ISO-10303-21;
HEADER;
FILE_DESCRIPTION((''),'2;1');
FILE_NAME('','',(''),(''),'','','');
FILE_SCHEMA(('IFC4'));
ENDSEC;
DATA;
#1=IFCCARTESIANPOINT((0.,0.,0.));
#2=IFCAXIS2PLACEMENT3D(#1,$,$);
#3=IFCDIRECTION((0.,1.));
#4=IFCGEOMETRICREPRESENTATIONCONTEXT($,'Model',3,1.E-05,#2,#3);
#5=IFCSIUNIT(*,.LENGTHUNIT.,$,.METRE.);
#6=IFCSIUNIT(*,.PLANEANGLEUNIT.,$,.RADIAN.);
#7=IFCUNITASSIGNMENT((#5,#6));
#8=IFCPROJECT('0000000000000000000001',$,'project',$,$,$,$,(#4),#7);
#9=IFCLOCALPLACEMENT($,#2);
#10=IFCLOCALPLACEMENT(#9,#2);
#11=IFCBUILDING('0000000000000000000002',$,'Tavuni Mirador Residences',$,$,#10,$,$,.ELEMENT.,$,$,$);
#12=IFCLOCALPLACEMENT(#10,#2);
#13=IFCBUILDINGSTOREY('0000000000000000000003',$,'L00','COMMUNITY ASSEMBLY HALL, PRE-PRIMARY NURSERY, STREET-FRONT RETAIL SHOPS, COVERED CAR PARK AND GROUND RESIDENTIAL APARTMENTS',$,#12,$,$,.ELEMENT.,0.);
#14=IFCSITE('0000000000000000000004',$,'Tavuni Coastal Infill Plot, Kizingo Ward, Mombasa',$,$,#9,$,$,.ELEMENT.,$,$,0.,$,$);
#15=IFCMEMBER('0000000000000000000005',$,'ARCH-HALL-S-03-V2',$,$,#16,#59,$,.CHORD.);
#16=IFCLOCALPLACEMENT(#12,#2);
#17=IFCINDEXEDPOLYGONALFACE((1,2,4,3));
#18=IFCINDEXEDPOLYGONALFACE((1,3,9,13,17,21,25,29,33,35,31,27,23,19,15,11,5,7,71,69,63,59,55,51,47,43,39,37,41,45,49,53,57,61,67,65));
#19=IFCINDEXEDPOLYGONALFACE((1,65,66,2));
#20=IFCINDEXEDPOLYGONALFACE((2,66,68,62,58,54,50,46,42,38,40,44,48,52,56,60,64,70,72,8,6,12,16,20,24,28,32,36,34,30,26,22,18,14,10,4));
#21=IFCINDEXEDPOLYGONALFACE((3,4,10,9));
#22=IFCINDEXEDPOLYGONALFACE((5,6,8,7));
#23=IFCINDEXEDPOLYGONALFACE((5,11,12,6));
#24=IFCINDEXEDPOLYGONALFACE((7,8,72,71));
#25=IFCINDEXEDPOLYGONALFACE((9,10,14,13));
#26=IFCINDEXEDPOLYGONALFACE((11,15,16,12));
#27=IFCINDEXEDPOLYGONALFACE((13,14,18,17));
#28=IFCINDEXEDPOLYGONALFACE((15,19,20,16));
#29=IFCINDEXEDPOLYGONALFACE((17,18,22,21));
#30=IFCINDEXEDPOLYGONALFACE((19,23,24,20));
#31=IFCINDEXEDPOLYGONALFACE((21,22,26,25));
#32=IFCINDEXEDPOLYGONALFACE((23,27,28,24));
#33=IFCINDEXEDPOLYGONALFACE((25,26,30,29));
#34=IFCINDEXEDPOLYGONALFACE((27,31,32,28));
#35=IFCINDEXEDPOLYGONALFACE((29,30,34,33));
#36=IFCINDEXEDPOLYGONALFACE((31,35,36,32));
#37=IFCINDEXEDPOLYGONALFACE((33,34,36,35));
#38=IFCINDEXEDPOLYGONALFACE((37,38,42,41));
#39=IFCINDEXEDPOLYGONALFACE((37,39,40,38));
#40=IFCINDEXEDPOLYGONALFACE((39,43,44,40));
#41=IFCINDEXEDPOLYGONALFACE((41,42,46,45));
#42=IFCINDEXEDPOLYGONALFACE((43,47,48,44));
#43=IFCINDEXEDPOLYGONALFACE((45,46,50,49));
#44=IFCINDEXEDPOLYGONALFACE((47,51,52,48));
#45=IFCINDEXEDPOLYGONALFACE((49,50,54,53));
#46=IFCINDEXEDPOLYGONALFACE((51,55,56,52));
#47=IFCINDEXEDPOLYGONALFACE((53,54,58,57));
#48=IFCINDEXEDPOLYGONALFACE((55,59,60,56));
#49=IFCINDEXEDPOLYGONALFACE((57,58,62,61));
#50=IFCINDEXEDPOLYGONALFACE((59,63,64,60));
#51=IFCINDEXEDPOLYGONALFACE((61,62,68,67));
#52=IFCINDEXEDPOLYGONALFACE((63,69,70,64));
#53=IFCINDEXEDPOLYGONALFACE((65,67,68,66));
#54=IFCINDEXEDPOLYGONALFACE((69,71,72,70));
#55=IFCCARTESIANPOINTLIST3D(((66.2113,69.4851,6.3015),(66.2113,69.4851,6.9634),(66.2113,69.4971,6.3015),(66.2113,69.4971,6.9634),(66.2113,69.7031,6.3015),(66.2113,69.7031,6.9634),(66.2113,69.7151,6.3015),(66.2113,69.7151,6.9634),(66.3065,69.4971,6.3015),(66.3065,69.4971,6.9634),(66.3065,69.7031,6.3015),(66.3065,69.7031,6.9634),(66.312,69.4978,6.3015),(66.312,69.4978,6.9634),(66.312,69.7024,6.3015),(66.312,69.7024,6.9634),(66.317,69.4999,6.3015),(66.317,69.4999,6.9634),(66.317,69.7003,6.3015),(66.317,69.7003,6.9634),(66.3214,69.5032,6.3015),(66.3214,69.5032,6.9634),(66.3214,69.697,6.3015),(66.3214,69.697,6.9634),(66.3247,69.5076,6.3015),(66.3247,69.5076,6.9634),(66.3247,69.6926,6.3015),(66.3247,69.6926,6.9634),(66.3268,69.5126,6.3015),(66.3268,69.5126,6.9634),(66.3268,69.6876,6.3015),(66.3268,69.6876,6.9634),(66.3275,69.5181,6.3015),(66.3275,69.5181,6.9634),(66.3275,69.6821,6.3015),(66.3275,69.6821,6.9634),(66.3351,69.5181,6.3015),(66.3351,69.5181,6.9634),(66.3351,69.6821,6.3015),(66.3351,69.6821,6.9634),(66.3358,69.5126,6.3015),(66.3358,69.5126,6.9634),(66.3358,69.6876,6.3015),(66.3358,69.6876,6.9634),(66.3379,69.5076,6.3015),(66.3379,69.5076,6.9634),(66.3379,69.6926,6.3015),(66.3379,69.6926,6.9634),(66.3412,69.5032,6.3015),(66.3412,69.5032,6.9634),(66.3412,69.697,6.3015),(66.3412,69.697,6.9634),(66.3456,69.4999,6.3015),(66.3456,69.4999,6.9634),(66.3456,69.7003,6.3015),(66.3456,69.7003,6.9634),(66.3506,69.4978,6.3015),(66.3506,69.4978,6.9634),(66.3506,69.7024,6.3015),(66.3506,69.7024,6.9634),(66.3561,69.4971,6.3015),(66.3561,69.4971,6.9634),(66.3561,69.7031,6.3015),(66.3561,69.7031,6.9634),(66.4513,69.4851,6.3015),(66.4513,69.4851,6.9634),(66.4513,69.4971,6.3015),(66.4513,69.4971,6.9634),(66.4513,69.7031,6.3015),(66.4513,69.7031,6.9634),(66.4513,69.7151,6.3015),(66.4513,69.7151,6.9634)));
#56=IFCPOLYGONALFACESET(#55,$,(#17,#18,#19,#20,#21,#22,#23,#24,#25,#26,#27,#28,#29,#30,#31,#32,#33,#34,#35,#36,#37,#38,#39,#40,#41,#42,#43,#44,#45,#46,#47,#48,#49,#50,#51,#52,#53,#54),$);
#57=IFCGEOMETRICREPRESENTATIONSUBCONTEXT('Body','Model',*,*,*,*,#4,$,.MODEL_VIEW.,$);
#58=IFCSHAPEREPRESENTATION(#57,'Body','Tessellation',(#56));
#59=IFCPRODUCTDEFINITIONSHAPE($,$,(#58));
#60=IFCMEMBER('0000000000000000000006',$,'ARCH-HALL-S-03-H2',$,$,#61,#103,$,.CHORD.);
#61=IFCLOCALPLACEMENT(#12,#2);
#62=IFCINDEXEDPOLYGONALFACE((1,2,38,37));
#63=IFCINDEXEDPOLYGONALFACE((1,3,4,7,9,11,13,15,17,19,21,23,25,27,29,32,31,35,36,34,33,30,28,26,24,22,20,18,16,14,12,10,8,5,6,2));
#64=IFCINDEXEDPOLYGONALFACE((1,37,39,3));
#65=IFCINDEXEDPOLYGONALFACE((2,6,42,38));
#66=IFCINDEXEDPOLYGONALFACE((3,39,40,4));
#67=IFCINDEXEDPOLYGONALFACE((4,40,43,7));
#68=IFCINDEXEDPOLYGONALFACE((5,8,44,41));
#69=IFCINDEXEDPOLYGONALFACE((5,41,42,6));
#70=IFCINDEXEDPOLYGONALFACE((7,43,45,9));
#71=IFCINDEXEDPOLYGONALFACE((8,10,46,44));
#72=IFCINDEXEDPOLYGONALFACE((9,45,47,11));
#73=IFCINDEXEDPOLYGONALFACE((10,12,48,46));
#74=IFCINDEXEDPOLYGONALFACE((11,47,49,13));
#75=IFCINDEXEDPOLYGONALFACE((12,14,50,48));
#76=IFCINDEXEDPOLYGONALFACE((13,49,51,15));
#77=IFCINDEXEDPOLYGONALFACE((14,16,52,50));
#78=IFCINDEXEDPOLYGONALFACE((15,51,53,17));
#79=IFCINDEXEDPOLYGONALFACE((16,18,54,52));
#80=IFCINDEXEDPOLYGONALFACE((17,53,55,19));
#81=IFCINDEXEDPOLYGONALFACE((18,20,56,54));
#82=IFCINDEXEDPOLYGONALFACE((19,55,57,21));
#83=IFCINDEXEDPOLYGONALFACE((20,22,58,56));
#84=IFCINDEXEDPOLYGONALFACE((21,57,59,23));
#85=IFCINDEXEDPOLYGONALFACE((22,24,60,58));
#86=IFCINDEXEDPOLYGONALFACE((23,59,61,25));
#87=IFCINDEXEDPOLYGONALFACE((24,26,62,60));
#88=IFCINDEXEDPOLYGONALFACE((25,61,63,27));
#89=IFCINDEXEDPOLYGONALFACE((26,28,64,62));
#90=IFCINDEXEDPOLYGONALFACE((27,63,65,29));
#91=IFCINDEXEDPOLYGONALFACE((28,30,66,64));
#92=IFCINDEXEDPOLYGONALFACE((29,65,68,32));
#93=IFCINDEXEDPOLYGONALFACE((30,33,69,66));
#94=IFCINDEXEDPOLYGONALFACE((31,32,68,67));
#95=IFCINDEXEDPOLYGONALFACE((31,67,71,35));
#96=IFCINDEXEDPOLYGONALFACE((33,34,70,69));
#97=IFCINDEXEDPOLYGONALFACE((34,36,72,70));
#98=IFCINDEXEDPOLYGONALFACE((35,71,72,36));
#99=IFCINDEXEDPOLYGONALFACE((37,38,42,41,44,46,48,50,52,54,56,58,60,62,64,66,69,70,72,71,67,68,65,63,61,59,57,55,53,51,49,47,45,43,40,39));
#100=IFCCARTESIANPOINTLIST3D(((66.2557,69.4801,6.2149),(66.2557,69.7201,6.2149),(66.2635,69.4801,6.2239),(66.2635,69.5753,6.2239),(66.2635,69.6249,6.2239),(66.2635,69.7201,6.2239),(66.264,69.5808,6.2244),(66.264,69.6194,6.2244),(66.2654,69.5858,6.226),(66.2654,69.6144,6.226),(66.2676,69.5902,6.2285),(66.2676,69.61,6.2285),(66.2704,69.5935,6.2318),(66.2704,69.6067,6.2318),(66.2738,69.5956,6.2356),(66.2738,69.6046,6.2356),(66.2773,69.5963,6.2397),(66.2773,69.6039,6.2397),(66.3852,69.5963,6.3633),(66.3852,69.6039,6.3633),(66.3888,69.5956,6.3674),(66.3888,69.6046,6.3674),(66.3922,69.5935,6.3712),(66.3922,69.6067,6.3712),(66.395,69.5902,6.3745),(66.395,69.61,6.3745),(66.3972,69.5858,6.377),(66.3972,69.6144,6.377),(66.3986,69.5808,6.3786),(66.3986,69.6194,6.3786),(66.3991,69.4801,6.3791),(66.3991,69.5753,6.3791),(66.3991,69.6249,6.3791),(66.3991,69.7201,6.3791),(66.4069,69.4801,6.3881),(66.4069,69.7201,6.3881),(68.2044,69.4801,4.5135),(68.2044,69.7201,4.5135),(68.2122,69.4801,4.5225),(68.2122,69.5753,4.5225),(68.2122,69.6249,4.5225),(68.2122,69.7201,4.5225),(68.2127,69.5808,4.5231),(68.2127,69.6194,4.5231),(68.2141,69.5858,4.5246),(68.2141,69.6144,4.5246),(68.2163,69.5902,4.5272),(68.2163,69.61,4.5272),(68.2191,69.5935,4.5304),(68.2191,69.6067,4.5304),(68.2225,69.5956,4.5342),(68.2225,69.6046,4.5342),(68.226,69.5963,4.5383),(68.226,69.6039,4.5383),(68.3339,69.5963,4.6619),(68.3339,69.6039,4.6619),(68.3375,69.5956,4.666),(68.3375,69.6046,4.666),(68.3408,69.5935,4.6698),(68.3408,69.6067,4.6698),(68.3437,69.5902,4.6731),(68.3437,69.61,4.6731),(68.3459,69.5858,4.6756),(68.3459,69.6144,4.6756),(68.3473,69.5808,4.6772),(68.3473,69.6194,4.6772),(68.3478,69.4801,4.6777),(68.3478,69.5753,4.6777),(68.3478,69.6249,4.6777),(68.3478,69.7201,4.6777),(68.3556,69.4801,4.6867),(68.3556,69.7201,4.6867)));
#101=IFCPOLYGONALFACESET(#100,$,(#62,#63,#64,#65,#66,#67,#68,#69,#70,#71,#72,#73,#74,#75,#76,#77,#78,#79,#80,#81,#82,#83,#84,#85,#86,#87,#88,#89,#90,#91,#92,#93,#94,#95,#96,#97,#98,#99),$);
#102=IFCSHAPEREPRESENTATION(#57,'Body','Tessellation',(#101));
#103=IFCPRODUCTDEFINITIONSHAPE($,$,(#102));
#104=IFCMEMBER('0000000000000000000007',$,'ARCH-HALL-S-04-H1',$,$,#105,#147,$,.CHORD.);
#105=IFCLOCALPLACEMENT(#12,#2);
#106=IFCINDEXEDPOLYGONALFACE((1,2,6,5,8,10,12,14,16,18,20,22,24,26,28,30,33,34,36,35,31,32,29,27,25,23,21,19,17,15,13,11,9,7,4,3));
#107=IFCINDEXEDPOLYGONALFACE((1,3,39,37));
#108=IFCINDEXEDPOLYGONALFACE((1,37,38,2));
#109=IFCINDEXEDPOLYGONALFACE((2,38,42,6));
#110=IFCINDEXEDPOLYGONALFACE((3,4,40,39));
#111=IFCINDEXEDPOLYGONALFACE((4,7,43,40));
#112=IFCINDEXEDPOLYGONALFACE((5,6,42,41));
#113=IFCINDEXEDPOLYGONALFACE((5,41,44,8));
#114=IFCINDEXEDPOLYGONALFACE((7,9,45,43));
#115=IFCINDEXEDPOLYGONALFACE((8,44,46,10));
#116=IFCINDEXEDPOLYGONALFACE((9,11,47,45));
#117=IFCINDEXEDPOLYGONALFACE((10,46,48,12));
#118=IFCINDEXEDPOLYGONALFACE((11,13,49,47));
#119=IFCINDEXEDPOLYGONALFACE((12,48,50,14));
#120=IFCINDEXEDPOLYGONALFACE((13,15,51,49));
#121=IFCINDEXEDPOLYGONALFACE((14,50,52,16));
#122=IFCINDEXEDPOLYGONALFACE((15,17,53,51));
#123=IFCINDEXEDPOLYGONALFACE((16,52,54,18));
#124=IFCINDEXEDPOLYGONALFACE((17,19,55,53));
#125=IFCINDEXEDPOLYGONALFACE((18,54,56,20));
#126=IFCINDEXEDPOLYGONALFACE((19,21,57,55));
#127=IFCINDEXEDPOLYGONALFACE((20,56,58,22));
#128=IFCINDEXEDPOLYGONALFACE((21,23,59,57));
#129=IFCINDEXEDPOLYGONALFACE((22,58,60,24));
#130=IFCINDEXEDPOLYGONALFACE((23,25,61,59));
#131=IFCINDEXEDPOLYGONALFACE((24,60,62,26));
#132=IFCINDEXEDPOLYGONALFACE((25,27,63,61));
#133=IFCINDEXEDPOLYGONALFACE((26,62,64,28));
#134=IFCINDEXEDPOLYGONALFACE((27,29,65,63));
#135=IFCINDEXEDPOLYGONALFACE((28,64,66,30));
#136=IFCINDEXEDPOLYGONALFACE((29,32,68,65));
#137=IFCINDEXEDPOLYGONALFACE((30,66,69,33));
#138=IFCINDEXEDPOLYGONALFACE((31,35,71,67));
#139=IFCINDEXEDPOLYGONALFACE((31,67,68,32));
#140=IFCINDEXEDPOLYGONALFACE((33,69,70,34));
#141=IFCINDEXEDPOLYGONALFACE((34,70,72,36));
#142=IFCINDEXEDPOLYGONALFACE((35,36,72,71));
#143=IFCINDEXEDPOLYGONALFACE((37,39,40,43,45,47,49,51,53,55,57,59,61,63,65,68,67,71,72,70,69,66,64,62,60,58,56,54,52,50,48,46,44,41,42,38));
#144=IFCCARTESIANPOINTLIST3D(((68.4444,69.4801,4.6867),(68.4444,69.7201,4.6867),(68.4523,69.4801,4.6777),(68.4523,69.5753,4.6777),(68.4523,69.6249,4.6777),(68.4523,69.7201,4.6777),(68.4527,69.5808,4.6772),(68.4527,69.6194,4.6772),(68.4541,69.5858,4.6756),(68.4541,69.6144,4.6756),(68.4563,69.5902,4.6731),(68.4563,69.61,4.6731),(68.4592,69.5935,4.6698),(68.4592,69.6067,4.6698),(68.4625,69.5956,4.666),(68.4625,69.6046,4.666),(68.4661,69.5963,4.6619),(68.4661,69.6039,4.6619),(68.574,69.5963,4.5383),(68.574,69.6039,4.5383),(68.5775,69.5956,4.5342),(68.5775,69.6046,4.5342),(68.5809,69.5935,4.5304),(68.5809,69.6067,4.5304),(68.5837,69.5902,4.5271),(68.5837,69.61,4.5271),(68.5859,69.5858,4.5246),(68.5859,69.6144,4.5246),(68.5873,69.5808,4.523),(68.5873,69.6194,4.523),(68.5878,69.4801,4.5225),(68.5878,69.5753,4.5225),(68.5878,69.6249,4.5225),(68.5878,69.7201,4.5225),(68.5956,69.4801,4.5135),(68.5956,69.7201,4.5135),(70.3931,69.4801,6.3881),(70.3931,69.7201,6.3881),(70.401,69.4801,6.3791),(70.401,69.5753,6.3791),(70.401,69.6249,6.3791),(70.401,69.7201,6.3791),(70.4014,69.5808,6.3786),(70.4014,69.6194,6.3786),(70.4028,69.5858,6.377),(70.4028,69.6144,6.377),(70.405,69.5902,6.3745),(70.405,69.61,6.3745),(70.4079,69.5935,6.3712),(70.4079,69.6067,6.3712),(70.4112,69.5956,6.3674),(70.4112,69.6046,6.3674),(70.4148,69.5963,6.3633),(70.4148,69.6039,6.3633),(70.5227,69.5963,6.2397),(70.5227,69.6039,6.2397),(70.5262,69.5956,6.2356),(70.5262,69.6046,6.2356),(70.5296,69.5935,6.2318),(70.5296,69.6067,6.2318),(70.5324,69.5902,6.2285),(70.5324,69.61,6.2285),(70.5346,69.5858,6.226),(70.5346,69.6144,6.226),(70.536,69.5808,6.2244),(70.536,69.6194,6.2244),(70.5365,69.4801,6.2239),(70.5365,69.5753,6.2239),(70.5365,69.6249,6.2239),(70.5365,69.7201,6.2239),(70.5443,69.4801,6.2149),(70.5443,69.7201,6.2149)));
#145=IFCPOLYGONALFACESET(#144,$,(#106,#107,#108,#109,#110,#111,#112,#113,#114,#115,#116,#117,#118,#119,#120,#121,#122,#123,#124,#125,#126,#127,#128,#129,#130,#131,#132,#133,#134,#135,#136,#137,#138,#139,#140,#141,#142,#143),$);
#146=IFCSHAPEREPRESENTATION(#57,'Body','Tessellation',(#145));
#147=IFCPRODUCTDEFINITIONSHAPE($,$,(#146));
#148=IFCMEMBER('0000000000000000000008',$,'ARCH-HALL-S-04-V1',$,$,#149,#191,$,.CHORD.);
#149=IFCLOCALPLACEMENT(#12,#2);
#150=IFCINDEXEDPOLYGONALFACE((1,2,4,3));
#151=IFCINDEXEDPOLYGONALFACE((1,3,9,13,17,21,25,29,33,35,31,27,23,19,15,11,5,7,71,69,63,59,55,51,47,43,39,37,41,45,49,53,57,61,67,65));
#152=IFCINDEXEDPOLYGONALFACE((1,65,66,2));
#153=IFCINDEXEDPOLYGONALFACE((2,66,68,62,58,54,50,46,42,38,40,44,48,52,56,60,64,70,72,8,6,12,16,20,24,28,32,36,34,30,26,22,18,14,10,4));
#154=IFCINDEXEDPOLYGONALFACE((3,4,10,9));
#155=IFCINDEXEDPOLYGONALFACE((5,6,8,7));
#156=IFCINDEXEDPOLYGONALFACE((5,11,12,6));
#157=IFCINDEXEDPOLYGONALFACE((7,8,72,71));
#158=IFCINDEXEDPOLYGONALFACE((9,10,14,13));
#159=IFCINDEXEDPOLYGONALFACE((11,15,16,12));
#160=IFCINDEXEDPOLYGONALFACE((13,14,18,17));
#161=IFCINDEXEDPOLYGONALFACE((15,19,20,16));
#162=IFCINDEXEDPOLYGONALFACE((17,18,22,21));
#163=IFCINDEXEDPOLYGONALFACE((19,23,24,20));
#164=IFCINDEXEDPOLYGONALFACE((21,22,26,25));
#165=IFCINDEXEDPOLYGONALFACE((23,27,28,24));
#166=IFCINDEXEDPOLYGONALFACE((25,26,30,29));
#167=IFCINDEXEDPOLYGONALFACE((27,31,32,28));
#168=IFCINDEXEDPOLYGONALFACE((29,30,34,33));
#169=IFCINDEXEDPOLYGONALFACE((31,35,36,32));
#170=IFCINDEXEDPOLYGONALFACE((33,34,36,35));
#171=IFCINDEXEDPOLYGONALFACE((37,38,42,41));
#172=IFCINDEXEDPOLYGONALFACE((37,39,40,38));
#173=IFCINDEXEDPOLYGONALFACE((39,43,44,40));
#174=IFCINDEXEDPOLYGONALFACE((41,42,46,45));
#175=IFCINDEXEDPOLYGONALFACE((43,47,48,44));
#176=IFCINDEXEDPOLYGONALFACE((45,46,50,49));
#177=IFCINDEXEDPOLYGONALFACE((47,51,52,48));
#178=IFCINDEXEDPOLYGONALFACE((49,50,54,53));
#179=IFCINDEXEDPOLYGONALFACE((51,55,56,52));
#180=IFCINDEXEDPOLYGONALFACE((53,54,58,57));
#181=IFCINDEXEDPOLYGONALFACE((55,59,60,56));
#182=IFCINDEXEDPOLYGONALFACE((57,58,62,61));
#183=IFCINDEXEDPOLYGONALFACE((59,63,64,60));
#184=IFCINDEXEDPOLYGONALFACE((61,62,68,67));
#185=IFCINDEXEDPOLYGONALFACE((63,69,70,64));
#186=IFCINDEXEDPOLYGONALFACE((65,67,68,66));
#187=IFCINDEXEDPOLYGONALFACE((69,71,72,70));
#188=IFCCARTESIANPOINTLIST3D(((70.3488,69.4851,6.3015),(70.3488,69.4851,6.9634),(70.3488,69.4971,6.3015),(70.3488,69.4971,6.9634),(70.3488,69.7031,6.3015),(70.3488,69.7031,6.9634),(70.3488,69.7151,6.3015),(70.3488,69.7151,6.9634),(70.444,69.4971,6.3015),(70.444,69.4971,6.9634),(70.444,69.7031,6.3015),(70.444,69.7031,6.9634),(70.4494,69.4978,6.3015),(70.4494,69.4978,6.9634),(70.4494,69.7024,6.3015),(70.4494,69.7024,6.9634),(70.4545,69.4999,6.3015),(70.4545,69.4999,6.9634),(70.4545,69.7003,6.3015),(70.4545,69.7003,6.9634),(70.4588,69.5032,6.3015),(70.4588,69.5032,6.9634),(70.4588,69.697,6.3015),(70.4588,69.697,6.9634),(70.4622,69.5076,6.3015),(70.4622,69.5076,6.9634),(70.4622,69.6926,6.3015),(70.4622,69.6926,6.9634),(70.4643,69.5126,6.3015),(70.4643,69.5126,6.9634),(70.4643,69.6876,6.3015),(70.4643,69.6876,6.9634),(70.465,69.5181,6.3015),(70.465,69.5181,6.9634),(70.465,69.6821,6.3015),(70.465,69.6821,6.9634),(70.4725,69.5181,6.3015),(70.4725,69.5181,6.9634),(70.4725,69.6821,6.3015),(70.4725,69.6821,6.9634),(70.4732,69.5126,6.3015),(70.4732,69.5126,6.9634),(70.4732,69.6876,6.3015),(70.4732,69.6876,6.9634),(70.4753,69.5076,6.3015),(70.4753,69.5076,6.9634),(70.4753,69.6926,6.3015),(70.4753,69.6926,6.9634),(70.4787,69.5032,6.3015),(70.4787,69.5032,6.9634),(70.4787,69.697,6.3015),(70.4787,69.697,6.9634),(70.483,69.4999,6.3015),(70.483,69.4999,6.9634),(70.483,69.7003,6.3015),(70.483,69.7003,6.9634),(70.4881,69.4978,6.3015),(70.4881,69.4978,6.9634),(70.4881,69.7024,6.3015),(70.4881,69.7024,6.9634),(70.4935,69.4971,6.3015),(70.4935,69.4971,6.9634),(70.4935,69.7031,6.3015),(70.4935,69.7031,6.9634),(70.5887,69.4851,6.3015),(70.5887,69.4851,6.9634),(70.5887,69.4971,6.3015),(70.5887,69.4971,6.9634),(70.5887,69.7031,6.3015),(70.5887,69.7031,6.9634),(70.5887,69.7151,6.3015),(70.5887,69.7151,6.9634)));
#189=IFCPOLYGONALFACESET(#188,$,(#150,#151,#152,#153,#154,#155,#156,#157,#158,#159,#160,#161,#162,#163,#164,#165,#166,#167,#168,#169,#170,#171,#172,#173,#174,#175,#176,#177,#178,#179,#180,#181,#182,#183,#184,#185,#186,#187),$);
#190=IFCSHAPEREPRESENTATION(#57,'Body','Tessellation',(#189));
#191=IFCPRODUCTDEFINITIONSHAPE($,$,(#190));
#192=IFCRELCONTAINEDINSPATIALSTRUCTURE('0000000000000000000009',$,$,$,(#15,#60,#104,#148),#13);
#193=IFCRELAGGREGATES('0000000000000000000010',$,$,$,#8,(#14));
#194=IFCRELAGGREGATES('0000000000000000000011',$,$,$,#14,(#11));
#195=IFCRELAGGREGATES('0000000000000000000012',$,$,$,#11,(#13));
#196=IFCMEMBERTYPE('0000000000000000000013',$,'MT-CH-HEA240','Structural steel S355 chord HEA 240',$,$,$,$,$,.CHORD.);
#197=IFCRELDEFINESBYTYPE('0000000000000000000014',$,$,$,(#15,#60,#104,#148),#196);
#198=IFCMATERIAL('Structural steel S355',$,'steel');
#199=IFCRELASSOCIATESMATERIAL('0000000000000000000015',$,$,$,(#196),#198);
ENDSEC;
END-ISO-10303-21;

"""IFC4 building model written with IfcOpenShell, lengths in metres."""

from ifc_helpers import new_model, si_unit, direction, frame, origin, origin_2d, place, context, subcontext, project, spatial, i_section, extrude, material, material_profile, profile_set, type_object, element, save


model = new_model("IFC4")

# Units and contexts
model_context = context("Model", 3, precision=1e-05, world=origin(), true_north=direction((0.0, 1.0)))
body_context = subcontext(model_context, "Body", "Model", "MODEL_VIEW")
ifc_project = project(units=[si_unit("LENGTHUNIT", "METRE"), si_unit("PLANEANGLEUNIT", "RADIAN")], contexts=[model_context])

# Site, building, storey
site_placement = place(None, origin())
site = spatial("IfcSite", under=ifc_project, at=site_placement, Name="Tavuni Coastal Infill Plot, Kizingo Ward, Mombasa", CompositionType="ELEMENT", RefElevation=0.0)
building_placement = place(site_placement, origin())
building = spatial("IfcBuilding", under=site, at=building_placement, Name="Tavuni Mirador Residences", CompositionType="ELEMENT")
storey_placement = place(building_placement, origin())
storey = spatial("IfcBuildingStorey", under=building, at=storey_placement, Name="L00", Description="COMMUNITY ASSEMBLY HALL, PRE-PRIMARY NURSERY, STREET-FRONT RETAIL SHOPS, COVERED CAR PARK AND GROUND RESIDENTIAL APARTMENTS", CompositionType="ELEMENT", Elevation=0.0)

# Shared definitions
ifc_material = material(Name="Structural steel S355", Category="steel")

# Members
ifc_material_profile_1 = material_profile(ifc_material, i_section(OverallWidth=0.24, OverallDepth=0.23, WebThickness=0.0076, FlangeThickness=0.012, FilletRadius=0.021, at=origin_2d()), Name="HEA 240", Category="steel")
ifc_profile_set_1 = profile_set([ifc_material_profile_1], Name="Structural steel S355")
member_type = type_object("IfcMemberType", Name="MT-CH-HEA240", Description="Structural steel S355 chord HEA 240", PredefinedType="CHORD", material=ifc_profile_set_1)
member_1_placement = place(storey_placement, frame((66.3313, 69.6001, 6.3015), z_axis=(0.0, 0.0, 1.0), x_axis=(1.0, 0.0, 0.0)))
element("IfcMember", 1, at=member_1_placement, inside=storey, type_object=member_type, Name="ARCH-HALL-S-03-V2", PredefinedType="CHORD", context=body_context, shape_type="SweptSolid", body=[
    extrude(i_section(OverallWidth=0.24, OverallDepth=0.23, WebThickness=0.0076, FlangeThickness=0.012, FilletRadius=0.021, at=origin_2d()), origin(), (0.0, 0.0, 1.0), 0.6619),
])
for number, where, z_axis, x_axis, name in (
    (2, (66.3313, 69.6001, 6.3015), (0.753289, 0.0, -0.657689), (0.0, 1.0, 0.0), "ARCH-HALL-S-03-H2"),
    (3, (68.52, 69.6001, 4.6001), (0.753289, 0.0, 0.657689), (0.0, 1.0, 0.0), "ARCH-HALL-S-04-H1"),
):
    element("IfcMember", number, at=place(storey_placement, frame(where, z_axis=z_axis, x_axis=x_axis)), inside=storey, type_object=member_type, Name=name, PredefinedType="CHORD", context=body_context, shape_type="SweptSolid", body=[
        extrude(i_section(OverallWidth=0.24, OverallDepth=0.23, WebThickness=0.0076, FlangeThickness=0.012, FilletRadius=0.021, at=origin_2d()), origin(), (0.0, 0.0, 1.0), 2.5869),
    ])
member_2_placement = place(storey_placement, frame((70.4688, 69.6001, 6.3015), z_axis=(0.0, 0.0, 1.0), x_axis=(1.0, 0.0, 0.0)))
element("IfcMember", 4, at=member_2_placement, inside=storey, type_object=member_type, Name="ARCH-HALL-S-04-V1", PredefinedType="CHORD", context=body_context, shape_type="SweptSolid", body=[
    extrude(i_section(OverallWidth=0.24, OverallDepth=0.23, WebThickness=0.0076, FlangeThickness=0.012, FilletRadius=0.021, at=origin_2d()), origin(), (0.0, 0.0, 1.0), 0.6619),
])

save(model, "model.ifc")
